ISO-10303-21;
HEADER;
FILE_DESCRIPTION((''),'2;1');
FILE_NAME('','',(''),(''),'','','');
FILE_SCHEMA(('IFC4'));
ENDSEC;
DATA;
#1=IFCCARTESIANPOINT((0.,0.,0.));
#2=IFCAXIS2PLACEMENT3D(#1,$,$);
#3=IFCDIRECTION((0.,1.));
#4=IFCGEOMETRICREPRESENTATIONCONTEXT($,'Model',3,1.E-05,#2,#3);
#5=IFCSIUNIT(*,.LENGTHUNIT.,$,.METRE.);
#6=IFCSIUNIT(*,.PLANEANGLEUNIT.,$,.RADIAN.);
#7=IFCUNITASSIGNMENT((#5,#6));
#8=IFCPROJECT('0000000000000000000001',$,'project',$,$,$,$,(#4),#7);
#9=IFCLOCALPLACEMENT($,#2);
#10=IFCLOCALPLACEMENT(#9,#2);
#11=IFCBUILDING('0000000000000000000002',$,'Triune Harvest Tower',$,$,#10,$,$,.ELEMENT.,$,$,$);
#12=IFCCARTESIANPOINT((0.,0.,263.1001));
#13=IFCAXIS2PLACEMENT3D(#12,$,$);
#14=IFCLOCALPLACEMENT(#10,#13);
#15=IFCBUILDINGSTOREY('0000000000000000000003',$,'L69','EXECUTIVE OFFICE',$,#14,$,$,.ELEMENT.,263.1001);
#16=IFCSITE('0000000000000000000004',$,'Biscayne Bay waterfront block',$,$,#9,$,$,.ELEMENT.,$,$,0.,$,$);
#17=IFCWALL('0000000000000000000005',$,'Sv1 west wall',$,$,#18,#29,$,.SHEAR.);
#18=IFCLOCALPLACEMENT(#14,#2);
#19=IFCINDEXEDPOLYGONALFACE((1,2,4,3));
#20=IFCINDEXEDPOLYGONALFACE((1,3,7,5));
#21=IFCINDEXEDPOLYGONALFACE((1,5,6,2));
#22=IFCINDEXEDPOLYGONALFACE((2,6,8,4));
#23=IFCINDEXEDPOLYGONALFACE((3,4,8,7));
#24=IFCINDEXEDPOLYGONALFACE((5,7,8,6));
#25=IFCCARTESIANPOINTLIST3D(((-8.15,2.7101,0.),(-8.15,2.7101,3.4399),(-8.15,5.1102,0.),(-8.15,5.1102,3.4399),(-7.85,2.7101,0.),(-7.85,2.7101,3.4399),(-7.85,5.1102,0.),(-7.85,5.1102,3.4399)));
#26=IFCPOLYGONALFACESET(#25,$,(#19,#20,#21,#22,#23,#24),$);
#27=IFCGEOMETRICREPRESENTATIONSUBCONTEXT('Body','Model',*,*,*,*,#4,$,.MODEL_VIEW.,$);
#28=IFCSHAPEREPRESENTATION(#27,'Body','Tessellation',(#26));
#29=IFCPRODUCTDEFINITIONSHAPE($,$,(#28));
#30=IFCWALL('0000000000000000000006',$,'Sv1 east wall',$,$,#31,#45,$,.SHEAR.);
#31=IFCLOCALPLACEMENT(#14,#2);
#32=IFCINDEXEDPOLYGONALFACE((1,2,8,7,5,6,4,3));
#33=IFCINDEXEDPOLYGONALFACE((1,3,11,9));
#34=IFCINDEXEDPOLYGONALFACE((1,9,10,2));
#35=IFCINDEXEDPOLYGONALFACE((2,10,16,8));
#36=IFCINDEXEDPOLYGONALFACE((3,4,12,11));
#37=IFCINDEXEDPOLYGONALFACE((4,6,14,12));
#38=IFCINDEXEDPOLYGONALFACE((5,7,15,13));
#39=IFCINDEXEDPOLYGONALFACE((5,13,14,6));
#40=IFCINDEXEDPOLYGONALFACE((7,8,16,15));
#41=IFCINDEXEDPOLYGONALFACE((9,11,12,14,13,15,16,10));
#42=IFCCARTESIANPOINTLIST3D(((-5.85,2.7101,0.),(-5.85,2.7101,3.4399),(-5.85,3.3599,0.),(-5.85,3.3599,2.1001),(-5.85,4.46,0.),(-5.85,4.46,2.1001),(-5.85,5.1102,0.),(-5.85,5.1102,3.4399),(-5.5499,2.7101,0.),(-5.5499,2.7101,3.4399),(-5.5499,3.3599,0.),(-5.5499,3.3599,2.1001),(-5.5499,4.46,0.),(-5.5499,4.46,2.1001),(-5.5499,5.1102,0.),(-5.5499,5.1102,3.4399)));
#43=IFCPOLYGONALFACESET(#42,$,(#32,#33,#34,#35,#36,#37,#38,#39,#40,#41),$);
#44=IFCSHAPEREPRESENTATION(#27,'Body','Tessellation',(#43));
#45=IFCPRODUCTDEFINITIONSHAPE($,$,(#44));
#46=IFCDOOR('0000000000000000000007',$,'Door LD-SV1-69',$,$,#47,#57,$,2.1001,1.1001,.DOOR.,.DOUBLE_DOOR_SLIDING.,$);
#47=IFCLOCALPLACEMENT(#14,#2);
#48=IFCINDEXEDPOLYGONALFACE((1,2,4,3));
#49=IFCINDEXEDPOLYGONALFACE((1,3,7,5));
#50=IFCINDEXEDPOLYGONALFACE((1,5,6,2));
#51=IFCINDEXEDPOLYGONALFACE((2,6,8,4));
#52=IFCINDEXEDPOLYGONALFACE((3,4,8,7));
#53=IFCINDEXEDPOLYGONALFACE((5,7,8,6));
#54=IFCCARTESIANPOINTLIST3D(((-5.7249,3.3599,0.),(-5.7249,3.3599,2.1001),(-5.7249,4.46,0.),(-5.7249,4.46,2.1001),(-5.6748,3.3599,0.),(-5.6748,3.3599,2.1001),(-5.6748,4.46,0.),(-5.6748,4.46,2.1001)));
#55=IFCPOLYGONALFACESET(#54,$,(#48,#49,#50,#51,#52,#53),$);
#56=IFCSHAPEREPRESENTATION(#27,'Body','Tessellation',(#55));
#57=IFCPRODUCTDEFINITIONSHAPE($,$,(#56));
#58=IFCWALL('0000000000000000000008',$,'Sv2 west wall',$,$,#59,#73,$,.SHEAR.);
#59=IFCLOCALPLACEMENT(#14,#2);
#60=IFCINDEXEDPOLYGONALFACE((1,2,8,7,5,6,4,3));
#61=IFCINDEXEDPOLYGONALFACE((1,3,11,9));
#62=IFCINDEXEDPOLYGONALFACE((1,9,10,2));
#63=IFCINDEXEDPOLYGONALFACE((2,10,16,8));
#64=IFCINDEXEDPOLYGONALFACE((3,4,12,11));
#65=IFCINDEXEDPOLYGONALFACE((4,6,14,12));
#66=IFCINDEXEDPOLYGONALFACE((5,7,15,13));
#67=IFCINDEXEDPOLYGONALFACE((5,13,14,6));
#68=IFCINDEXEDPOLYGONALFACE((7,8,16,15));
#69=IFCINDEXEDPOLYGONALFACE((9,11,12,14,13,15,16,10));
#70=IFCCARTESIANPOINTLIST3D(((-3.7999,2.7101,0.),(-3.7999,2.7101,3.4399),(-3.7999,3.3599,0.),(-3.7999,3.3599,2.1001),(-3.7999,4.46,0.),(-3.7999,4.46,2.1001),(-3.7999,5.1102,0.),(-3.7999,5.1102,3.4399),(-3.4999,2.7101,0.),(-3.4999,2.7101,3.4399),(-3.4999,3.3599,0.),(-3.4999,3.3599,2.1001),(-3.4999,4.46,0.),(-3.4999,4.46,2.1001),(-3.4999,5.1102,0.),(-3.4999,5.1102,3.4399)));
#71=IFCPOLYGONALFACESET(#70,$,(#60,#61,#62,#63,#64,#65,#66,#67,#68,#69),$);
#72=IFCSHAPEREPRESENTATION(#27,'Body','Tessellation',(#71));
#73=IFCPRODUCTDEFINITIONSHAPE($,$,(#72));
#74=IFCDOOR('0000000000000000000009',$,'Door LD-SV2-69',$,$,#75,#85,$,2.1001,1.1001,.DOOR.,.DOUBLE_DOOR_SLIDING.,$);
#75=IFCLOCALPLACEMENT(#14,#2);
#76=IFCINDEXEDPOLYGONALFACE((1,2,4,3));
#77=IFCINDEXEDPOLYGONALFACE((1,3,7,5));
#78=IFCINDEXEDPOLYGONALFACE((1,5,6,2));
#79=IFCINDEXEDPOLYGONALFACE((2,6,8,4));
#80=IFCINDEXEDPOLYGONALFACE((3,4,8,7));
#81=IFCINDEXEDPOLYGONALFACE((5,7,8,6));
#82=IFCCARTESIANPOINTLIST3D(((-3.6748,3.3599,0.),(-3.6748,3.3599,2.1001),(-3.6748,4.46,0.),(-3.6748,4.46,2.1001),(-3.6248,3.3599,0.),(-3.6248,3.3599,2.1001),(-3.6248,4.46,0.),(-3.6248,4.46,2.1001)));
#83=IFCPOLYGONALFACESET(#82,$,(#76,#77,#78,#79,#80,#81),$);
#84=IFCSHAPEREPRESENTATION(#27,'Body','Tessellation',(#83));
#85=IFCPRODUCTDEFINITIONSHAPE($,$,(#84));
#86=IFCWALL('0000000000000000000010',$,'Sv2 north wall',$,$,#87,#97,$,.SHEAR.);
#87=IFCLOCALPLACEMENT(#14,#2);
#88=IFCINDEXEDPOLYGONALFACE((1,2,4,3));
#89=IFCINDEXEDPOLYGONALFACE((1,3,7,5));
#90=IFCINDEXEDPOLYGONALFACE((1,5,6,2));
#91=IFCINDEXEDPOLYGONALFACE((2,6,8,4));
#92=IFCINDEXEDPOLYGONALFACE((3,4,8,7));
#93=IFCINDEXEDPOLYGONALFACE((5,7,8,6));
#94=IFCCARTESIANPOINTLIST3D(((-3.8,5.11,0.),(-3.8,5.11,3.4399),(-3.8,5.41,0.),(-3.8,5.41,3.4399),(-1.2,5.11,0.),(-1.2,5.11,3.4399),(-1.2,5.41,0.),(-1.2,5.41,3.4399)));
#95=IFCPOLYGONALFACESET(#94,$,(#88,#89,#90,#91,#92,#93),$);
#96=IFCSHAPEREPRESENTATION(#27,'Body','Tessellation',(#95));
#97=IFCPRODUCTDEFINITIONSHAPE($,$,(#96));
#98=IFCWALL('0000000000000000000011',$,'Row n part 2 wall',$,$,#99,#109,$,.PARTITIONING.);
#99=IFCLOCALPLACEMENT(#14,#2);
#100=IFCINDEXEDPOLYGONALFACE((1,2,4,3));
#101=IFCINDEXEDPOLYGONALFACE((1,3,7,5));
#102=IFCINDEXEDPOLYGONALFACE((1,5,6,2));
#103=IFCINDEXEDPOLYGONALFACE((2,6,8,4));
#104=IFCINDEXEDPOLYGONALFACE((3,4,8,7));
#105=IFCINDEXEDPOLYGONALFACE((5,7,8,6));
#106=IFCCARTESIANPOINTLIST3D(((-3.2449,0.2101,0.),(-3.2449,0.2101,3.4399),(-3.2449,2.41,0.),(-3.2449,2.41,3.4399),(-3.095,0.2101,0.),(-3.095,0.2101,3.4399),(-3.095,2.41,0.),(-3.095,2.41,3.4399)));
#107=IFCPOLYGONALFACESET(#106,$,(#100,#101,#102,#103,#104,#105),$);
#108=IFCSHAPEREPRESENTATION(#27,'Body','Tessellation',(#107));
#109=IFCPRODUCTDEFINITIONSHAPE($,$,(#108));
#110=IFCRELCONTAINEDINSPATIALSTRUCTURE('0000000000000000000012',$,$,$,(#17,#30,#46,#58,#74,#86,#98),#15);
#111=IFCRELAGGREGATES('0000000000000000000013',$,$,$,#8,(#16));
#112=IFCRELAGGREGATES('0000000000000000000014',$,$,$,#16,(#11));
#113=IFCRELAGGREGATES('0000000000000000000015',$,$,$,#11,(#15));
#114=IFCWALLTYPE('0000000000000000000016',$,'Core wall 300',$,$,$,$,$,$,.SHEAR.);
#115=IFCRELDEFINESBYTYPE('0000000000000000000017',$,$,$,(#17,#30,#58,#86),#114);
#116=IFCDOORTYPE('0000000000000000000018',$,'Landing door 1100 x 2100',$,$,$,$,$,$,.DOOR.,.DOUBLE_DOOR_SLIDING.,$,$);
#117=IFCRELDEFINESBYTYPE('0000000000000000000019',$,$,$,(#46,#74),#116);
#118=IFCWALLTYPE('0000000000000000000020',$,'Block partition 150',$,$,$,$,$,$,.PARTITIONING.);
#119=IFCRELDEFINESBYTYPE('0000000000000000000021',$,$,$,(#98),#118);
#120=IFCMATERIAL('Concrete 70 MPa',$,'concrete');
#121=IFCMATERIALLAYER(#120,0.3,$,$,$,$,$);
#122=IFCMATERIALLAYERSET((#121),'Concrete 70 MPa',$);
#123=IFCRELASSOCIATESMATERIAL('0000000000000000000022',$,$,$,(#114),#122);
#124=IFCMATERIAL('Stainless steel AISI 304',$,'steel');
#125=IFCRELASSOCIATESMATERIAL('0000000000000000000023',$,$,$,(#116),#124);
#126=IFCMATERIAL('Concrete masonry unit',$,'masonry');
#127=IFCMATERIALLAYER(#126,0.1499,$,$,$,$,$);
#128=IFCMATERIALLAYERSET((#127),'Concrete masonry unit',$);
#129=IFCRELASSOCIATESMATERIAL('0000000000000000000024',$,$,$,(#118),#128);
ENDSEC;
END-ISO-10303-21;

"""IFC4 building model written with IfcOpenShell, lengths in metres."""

from ifc_helpers import new_model, si_unit, direction, frame, frame_2d, origin, place, context, subcontext, project, spatial, rectangle, extrude, source, transform, mapped, material, layer, layer_set, type_object, element, fill, save


model = new_model("IFC4")

# Units and contexts
model_context = context("Model", 3, precision=1e-05, world=origin(), true_north=direction((0.0, 1.0)))
body_context = subcontext(model_context, "Body", "Model", "MODEL_VIEW")
ifc_project = project(units=[si_unit("LENGTHUNIT", "METRE"), si_unit("PLANEANGLEUNIT", "RADIAN")], contexts=[model_context])

# Site, building, storey
site_placement = place(None, origin())
site = spatial("IfcSite", under=ifc_project, at=site_placement, Name="Biscayne Bay waterfront block", CompositionType="ELEMENT", RefElevation=0.0)
building_placement = place(site_placement, origin())
building = spatial("IfcBuilding", under=site, at=building_placement, Name="Triune Harvest Tower", CompositionType="ELEMENT")
storey_placement = place(building_placement, frame((0.0, 0.0, 263.1001)))
storey = spatial("IfcBuildingStorey", under=building, at=storey_placement, Name="L69", Description="EXECUTIVE OFFICE", CompositionType="ELEMENT", Elevation=263.1001)

# Shared definitions
ifc_material_1 = material(Name="Concrete 70 MPa", Category="concrete")
ifc_layer_1 = layer(ifc_material_1, 0.3)
ifc_layer_set_1 = layer_set([ifc_layer_1], Name="Concrete 70 MPa")
wall_type_1 = type_object("IfcWallType", Name="Core wall 300", PredefinedType="SHEAR", material=ifc_layer_set_1)

# Wall
shared_shape_1 = source(origin(), body_context, "Body", "SweptSolid", [
    extrude(rectangle(XDim=2.4001, YDim=0.3, at=frame_2d((1.2002, 0.0))), origin(), (0.0, 0.0, 1.0), 3.4399),
])
wall_1_placement = place(storey_placement, frame((-8.0, 2.71, 0.0), z_axis=(0.0, 0.0, 1.0), x_axis=(0.0, 1.0, 0.0)))
element("IfcWall", 1, at=wall_1_placement, inside=storey, type_object=wall_type_1, Name="Sv1 west wall", PredefinedType="SHEAR", context=body_context, shape_type="MappedRepresentation", body=[
    mapped(shared_shape_1, transform((0.0, 0.0, 0.0), scale=1.0)),
])

# Walls, openings, doors
wall_2_placement = place(storey_placement, frame((-5.7, 2.71, 0.0), z_axis=(0.0, 0.0, 1.0), x_axis=(0.0, 1.0, 0.0)))
wall_2 = element("IfcWall", 2, at=wall_2_placement, inside=storey, type_object=wall_type_1, Name="Sv1 east wall", PredefinedType="SHEAR", context=body_context, shape_type="MappedRepresentation", body=[
    mapped(shared_shape_1, transform((0.0, 0.0, 0.0), scale=1.0)),
])
opening_1_placement = place(wall_2_placement, frame((0.6499, 0.0, 0.0)))
opening_1 = element("IfcOpeningElement", 3, at=opening_1_placement, cuts=wall_2, PredefinedType="OPENING", context=body_context, shape_type="SweptSolid", body=[
    extrude(rectangle(XDim=1.1001, YDim=2.1001, at=frame_2d((0.55, 1.05))), frame((0.0, 0.1602, 0.0), z_axis=(0.0, -1.0, 0.0), x_axis=(1.0, 0.0, 0.0)), (0.0, 0.0, 1.0), 0.3201),
])
ifc_material_2 = material(Name="Stainless steel AISI 304", Category="steel")
door_type_1 = type_object("IfcDoorType", Name="Landing door 1100 x 2100", OperationType="DOUBLE_DOOR_SLIDING", PredefinedType="DOOR", material=ifc_material_2)
door_1_placement = place(opening_1_placement, origin())
door_1 = element("IfcDoor", 4, at=door_1_placement, inside=storey, type_object=door_type_1, Name="Door LD-SV1-69", OperationType="DOUBLE_DOOR_SLIDING", OverallHeight=2.1001, OverallWidth=1.1001, PredefinedType="DOOR", context=body_context, shape_type="SweptSolid", body=[
    extrude(rectangle(XDim=1.1001, YDim=2.1001, at=frame_2d((0.55, 1.05))), frame((0.0, 0.0249, 0.0), z_axis=(0.0, -1.0, 0.0), x_axis=(1.0, 0.0, 0.0)), (0.0, 0.0, 1.0), 0.05),
])
fill(opening_1, door_1)
wall_3_placement = place(storey_placement, frame((-3.6499, 2.71, 0.0), z_axis=(0.0, 0.0, 1.0), x_axis=(0.0, 1.0, 0.0)))
wall_3 = element("IfcWall", 5, at=wall_3_placement, inside=storey, type_object=wall_type_1, Name="Sv2 west wall", PredefinedType="SHEAR", context=body_context, shape_type="MappedRepresentation", body=[
    mapped(shared_shape_1, transform((0.0, 0.0, 0.0), scale=1.0)),
])
opening_2_placement = place(wall_3_placement, frame((0.6499, 0.0, 0.0)))
opening_2 = element("IfcOpeningElement", 6, at=opening_2_placement, cuts=wall_3, PredefinedType="OPENING", context=body_context, shape_type="SweptSolid", body=[
    extrude(rectangle(XDim=1.1001, YDim=2.1001, at=frame_2d((0.55, 1.05))), frame((0.0, 0.1602, 0.0), z_axis=(0.0, -1.0, 0.0), x_axis=(1.0, 0.0, 0.0)), (0.0, 0.0, 1.0), 0.3201),
])
door_2_placement = place(opening_2_placement, origin())
door_2 = element("IfcDoor", 7, at=door_2_placement, inside=storey, type_object=door_type_1, Name="Door LD-SV2-69", OperationType="DOUBLE_DOOR_SLIDING", OverallHeight=2.1001, OverallWidth=1.1001, PredefinedType="DOOR", context=body_context, shape_type="SweptSolid", body=[
    extrude(rectangle(XDim=1.1001, YDim=2.1001, at=frame_2d((0.55, 1.05))), frame((0.0, 0.0249, 0.0), z_axis=(0.0, -1.0, 0.0), x_axis=(1.0, 0.0, 0.0)), (0.0, 0.0, 1.0), 0.05),
])
fill(opening_2, door_2)

# Walls
shared_shape_2 = source(origin(), body_context, "Body", "SweptSolid", [
    extrude(rectangle(XDim=2.6001, YDim=0.3, at=frame_2d((1.3, 0.0))), origin(), (0.0, 0.0, 1.0), 3.4399),
])
wall_4_placement = place(storey_placement, frame((-3.8, 5.26, 0.0), z_axis=(0.0, 0.0, 1.0), x_axis=(1.0, 0.0, 0.0)))
element("IfcWall", 8, at=wall_4_placement, inside=storey, type_object=wall_type_1, Name="Sv2 north wall", PredefinedType="SHEAR", context=body_context, shape_type="MappedRepresentation", body=[
    mapped(shared_shape_2, transform((0.0, 0.0, 0.0), scale=1.0)),
])
ifc_material_3 = material(Name="Concrete masonry unit", Category="masonry")
ifc_layer_2 = layer(ifc_material_3, 0.1499)
ifc_layer_set_2 = layer_set([ifc_layer_2], Name="Concrete masonry unit")
wall_type_2 = type_object("IfcWallType", Name="Block partition 150", PredefinedType="PARTITIONING", material=ifc_layer_set_2)
shared_shape_3 = source(origin(), body_context, "Body", "SweptSolid", [
    extrude(rectangle(XDim=2.2, YDim=0.1499, at=frame_2d((1.1001, 0.0))), origin(), (0.0, 0.0, 1.0), 3.4399),
])
wall_5_placement = place(storey_placement, frame((-3.1699, 0.21, 0.0), z_axis=(0.0, 0.0, 1.0), x_axis=(0.0, 1.0, 0.0)))
element("IfcWall", 9, at=wall_5_placement, inside=storey, type_object=wall_type_2, Name="Row n part 2 wall", PredefinedType="PARTITIONING", context=body_context, shape_type="MappedRepresentation", body=[
    mapped(shared_shape_3, transform((0.0, 0.0, 0.0), scale=1.0)),
])

save(model, "model.ifc")
